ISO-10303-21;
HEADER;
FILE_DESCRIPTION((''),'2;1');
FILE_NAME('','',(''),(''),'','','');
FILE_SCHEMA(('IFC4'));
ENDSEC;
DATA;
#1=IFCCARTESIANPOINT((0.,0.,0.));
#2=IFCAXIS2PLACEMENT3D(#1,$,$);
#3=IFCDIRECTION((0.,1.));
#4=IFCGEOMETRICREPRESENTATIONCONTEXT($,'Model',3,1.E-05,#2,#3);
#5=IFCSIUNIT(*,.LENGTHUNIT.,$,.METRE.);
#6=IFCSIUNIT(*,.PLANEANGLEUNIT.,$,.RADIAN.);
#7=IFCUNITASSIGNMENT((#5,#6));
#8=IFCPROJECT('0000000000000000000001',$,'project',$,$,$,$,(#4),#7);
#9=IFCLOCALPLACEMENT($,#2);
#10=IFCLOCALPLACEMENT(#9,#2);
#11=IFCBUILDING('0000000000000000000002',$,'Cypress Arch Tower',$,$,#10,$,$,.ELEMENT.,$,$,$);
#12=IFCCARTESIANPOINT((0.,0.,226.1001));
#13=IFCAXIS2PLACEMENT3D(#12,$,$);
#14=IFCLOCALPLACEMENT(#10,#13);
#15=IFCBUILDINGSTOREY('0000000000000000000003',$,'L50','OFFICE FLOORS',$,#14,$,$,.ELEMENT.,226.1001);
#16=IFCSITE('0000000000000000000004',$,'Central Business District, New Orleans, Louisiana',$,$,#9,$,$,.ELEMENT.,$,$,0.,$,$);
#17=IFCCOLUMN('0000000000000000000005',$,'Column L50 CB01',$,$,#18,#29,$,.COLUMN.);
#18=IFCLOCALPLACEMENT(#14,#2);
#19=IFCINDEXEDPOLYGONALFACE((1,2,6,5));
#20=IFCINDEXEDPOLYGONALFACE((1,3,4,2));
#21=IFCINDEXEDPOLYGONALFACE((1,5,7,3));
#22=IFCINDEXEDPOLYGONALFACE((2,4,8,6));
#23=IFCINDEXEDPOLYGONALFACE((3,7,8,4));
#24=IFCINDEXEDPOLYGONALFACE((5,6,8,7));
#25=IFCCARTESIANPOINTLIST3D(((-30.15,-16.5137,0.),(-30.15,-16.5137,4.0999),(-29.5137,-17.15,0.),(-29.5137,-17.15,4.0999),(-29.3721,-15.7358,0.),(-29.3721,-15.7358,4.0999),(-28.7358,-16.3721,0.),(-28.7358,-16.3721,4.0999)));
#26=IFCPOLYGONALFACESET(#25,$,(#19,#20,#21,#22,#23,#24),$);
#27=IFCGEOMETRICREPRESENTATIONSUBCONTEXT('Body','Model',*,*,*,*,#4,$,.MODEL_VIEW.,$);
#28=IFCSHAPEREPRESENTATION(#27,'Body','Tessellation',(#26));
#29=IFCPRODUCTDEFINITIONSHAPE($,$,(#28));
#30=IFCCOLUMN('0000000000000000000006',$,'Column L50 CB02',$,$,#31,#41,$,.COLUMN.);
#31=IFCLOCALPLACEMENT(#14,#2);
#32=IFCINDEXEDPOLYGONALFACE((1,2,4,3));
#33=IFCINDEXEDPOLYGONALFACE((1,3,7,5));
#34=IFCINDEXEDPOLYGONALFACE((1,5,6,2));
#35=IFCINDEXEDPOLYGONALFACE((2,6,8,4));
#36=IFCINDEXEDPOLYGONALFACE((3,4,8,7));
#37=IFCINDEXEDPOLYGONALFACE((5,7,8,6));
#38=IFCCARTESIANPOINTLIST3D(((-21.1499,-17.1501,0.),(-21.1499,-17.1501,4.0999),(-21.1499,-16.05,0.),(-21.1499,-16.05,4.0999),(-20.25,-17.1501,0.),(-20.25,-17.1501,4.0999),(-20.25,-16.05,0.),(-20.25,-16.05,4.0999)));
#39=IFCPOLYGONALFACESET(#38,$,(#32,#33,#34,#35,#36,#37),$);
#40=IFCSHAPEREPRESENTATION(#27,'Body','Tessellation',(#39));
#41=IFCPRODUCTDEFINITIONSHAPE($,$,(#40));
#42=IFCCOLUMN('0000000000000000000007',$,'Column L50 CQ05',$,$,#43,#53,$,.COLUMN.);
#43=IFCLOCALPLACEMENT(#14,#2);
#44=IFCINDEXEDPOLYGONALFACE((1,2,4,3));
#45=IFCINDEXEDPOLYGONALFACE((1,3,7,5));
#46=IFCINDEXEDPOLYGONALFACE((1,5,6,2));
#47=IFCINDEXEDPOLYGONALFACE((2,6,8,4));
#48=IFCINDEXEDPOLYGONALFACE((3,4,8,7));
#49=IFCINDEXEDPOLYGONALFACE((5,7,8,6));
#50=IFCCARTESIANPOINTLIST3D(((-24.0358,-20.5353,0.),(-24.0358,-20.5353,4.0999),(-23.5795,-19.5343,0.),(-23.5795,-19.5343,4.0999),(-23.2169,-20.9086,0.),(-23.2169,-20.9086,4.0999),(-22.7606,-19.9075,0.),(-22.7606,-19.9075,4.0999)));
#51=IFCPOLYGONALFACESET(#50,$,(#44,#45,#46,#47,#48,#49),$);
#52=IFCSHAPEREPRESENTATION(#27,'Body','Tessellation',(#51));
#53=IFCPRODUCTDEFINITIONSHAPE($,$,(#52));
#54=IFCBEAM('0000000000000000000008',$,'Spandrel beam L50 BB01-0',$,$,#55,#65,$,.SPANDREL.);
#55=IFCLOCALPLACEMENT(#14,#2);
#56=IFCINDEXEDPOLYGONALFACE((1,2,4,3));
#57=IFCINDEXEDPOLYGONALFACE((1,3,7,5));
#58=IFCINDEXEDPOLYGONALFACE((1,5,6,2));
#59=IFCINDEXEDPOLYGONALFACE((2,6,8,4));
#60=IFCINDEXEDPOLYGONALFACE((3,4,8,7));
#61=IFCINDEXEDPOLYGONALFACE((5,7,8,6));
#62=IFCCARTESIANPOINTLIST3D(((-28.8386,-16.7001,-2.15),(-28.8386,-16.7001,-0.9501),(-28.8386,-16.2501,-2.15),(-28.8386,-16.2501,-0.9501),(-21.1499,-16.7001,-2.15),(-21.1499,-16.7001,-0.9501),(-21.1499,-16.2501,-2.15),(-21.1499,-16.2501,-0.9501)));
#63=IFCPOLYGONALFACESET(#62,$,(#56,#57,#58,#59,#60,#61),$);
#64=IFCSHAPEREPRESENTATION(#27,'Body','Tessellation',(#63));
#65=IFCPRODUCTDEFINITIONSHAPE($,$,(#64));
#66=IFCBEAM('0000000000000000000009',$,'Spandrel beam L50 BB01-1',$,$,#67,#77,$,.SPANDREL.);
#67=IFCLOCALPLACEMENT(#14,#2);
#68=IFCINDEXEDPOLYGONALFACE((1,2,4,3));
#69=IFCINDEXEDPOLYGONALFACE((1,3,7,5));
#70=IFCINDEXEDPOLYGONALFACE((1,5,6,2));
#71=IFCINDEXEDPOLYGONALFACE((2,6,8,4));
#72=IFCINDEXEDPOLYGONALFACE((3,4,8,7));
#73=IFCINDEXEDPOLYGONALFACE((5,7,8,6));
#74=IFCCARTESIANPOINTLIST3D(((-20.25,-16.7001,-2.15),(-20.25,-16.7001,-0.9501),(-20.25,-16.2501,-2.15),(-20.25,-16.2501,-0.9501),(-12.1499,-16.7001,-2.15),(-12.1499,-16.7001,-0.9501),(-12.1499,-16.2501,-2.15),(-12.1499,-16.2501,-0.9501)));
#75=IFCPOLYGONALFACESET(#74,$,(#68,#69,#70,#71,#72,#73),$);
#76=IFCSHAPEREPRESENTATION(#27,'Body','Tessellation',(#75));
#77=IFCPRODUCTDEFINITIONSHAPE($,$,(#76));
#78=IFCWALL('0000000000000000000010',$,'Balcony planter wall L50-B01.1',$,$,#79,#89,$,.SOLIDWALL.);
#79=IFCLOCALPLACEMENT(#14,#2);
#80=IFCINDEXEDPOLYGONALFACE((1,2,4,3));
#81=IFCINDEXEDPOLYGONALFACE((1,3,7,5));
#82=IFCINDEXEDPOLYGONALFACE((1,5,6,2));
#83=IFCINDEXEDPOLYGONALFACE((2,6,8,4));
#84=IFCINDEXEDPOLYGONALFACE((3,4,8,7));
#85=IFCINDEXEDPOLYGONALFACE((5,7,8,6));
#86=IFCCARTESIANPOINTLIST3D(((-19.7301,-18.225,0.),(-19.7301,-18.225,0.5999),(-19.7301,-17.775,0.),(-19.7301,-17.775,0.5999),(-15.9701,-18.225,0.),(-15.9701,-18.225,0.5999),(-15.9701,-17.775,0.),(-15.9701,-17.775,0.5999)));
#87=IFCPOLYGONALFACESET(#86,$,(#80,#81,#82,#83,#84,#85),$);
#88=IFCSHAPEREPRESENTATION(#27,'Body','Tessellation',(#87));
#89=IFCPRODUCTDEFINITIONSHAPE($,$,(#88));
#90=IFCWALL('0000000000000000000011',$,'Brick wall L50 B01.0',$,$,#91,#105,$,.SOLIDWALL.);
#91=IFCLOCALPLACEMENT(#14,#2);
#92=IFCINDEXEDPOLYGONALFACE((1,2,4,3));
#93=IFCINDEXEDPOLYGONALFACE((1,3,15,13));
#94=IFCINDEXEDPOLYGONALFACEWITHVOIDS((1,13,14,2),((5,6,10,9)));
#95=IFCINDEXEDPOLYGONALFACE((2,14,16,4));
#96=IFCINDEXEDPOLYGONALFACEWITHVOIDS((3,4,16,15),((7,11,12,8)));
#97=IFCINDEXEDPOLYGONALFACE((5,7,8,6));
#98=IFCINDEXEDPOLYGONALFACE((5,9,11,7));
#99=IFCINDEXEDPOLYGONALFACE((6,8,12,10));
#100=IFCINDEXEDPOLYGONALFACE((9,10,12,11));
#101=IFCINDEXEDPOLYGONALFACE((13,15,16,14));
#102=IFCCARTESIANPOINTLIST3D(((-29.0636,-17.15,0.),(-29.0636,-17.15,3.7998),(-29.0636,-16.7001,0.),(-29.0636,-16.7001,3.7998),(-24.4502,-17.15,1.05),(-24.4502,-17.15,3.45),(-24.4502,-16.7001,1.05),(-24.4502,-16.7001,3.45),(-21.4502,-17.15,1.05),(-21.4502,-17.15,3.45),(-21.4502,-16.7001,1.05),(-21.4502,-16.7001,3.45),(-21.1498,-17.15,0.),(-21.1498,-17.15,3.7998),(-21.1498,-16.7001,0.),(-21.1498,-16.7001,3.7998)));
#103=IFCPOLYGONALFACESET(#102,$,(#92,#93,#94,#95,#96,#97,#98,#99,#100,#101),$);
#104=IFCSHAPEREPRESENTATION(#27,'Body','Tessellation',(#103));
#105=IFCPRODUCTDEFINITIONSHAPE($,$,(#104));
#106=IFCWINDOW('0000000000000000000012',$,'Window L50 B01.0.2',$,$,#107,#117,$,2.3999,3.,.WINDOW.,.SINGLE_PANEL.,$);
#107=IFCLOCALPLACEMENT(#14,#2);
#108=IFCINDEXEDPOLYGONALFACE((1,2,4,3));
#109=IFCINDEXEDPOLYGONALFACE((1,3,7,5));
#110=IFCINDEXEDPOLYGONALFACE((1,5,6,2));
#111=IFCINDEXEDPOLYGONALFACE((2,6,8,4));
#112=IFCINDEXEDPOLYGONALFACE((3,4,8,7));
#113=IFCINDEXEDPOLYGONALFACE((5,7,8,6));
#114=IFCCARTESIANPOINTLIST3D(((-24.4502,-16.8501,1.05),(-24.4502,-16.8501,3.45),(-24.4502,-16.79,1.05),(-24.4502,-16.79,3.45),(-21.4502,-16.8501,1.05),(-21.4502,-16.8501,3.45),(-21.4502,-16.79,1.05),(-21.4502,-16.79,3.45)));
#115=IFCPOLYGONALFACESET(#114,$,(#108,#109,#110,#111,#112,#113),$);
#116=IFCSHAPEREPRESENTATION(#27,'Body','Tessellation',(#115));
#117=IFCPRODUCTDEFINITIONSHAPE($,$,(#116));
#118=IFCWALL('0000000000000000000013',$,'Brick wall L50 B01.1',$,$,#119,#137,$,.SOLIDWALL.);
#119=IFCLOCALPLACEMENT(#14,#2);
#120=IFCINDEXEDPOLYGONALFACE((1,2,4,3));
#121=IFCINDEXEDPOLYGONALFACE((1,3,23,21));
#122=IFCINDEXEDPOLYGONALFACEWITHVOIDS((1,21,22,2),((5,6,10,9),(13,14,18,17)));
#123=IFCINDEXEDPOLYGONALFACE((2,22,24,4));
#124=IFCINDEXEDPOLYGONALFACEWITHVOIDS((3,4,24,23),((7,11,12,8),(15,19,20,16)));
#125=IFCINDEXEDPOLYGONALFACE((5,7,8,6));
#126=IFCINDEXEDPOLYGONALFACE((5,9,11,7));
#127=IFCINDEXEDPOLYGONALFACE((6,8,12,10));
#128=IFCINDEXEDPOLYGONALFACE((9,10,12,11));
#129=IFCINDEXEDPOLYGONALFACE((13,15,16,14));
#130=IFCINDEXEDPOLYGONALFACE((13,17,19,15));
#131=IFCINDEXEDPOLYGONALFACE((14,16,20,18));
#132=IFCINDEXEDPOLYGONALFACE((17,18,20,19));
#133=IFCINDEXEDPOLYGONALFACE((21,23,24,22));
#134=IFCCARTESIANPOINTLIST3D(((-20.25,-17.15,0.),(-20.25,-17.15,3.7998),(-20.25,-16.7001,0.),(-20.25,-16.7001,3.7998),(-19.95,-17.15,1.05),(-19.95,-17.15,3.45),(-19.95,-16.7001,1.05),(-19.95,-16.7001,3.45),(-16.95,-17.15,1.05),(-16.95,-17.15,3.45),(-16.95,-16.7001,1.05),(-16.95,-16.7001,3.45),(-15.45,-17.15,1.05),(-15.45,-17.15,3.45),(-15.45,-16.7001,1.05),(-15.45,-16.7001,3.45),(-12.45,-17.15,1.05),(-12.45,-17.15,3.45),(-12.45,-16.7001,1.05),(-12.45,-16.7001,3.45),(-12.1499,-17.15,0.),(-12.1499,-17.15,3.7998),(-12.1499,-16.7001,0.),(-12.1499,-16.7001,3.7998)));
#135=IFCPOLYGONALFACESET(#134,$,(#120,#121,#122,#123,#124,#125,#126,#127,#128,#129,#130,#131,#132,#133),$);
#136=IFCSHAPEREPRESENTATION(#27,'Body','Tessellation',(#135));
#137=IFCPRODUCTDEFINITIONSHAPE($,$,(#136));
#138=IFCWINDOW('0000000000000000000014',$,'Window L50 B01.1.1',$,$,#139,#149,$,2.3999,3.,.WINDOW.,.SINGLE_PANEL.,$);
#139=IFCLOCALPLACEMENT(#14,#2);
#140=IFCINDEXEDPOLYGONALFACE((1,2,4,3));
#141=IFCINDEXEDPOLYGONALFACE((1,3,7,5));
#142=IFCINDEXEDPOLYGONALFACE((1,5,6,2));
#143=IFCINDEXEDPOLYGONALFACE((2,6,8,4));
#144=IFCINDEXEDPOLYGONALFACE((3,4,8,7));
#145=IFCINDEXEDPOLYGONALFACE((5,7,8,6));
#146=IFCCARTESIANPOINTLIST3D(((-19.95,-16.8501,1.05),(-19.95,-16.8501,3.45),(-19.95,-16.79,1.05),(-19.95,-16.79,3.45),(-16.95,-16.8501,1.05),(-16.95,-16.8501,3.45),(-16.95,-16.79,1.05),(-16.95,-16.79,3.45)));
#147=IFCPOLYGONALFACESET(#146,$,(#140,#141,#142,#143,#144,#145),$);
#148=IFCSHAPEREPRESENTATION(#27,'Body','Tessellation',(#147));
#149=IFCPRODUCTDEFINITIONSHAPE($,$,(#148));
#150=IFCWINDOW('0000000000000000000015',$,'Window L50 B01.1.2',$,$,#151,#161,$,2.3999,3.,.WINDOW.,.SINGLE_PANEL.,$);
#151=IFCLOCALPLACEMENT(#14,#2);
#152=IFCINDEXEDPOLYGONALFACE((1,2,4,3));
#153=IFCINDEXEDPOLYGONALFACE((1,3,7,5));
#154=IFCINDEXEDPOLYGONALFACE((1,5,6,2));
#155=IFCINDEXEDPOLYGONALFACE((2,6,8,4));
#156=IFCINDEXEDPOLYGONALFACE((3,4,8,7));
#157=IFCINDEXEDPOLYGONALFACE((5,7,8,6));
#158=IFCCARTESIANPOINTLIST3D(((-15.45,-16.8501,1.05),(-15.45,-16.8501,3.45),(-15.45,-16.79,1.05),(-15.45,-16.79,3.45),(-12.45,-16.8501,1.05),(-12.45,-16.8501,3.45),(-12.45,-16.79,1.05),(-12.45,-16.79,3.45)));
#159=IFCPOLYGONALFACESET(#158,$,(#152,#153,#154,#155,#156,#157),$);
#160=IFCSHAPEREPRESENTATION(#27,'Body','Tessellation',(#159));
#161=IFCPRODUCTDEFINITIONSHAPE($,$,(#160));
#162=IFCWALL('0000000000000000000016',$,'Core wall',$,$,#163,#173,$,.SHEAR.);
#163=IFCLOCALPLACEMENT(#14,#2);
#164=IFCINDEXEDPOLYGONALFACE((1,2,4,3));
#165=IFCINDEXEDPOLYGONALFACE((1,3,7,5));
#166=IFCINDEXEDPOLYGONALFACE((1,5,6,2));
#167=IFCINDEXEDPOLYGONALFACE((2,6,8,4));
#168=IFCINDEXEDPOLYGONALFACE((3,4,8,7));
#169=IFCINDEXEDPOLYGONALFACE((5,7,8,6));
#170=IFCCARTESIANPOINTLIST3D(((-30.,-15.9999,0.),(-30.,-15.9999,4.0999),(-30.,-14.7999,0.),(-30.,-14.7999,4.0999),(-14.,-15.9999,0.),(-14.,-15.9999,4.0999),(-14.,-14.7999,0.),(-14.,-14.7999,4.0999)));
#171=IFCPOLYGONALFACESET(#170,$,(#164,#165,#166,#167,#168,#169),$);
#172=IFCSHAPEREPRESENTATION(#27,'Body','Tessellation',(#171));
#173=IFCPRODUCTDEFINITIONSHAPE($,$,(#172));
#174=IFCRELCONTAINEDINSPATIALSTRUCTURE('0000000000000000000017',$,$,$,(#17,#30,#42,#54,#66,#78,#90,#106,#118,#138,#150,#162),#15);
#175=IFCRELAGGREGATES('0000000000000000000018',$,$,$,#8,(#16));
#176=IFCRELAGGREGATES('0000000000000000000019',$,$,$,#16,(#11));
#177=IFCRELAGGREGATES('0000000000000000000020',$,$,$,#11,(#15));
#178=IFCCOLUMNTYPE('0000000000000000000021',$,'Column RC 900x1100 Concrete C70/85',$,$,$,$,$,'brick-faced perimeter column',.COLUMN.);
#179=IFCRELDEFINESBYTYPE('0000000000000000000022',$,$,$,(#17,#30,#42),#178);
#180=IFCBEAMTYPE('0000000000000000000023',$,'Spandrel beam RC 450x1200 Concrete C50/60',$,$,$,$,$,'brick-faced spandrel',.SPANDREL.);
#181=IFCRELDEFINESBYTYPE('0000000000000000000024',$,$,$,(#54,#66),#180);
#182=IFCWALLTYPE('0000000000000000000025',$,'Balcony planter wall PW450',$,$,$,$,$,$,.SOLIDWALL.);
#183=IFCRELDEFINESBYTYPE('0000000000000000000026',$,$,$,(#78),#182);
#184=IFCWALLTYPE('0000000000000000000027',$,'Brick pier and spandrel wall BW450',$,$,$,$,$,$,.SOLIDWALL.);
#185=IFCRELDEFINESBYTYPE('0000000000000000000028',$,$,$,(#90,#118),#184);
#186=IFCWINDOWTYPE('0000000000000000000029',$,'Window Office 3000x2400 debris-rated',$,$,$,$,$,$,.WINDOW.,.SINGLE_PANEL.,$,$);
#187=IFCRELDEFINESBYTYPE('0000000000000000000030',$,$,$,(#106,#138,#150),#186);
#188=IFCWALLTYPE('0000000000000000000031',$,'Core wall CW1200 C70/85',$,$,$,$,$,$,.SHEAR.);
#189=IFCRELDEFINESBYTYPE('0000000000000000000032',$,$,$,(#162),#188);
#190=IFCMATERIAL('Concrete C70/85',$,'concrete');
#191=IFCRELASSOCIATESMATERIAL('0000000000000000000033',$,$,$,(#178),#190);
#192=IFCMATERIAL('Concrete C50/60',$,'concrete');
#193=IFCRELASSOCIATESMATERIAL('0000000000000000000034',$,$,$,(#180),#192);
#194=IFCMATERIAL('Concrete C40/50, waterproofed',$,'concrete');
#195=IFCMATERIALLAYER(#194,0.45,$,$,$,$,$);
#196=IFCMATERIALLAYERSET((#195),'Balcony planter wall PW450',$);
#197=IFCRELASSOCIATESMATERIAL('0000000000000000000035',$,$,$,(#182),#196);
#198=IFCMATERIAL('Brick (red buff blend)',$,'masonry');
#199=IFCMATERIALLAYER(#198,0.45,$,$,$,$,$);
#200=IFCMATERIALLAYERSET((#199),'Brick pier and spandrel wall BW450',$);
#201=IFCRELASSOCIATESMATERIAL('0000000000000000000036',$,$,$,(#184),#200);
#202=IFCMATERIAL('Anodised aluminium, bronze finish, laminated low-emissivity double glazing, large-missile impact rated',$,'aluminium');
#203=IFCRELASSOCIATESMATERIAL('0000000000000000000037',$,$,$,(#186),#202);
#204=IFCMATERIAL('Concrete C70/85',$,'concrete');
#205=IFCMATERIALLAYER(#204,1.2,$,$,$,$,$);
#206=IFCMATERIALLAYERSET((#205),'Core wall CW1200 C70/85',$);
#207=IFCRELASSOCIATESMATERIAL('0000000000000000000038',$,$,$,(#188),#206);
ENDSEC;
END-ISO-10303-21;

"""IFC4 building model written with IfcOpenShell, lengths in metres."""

from ifc_helpers import new_model, si_unit, direction, frame, frame_2d, origin, origin_2d, place, context, subcontext, project, spatial, rectangle, extrude, material, layer, layer_set, material_profile, profile_set, type_object, element, fill, save


model = new_model("IFC4")

# Units and contexts
model_context = context("Model", 3, precision=1e-05, world=origin(), true_north=direction((0.0, 1.0)))
body_context = subcontext(model_context, "Body", "Model", "MODEL_VIEW")
ifc_project = project(units=[si_unit("LENGTHUNIT", "METRE"), si_unit("PLANEANGLEUNIT", "RADIAN")], contexts=[model_context])

# Site, building, storey
site_placement = place(None, origin())
site = spatial("IfcSite", under=ifc_project, at=site_placement, Name="Central Business District, New Orleans, Louisiana", CompositionType="ELEMENT", RefElevation=0.0)
building_placement = place(site_placement, origin())
building = spatial("IfcBuilding", under=site, at=building_placement, Name="Cypress Arch Tower", CompositionType="ELEMENT")
storey_placement = place(building_placement, frame((0.0, 0.0, 226.1001)))
storey = spatial("IfcBuildingStorey", under=building, at=storey_placement, Name="L50", Description="OFFICE FLOORS", CompositionType="ELEMENT", Elevation=226.1001)

# Columns
ifc_material_1 = material(Name="Concrete C70/85", Category="concrete")
ifc_material_profile_1 = material_profile(ifc_material_1, rectangle(XDim=0.8999, YDim=1.1001, at=origin_2d()), Name="RC 900x1100")
ifc_profile_set_1 = profile_set([ifc_material_profile_1], Name="Concrete C70/85")
column_type = type_object("IfcColumnType", Name="Column RC 900x1100 Concrete C70/85", ElementType="brick-faced perimeter column", PredefinedType="COLUMN", material=ifc_profile_set_1)
for number, where, z_axis, x_axis, name in (
    (1, (-29.4429, -16.4429, 0.0), (0.0, 0.0, 1.0), (0.707107, -0.707107, 0.0), "Column L50 CB01"),
    (2, (-20.7, -16.6001, 0.0), (0.0, 0.0, 1.0), (1.0, 0.0, 0.0), "Column L50 CB02"),
    (3, (-23.3982, -20.2214, 0.0), (0.0, 0.0, 1.0), (0.909932, -0.414757, 0.0), "Column L50 CQ05"),
):
    element("IfcColumn", number, at=place(storey_placement, frame(where, z_axis=z_axis, x_axis=x_axis)), inside=storey, type_object=column_type, Name=name, PredefinedType="COLUMN", context=body_context, shape_type="SweptSolid", body=[
        extrude(rectangle(XDim=0.8999, YDim=1.1001, at=origin_2d()), origin(), (0.0, 0.0, 1.0), 4.0999),
    ])

# Beams
ifc_material_2 = material(Name="Concrete C50/60", Category="concrete")
ifc_material_profile_2 = material_profile(ifc_material_2, rectangle(XDim=0.45, YDim=1.2, at=origin_2d()), Name="RC 450x1200")
ifc_profile_set_2 = profile_set([ifc_material_profile_2], Name="Concrete C50/60")
beam_type = type_object("IfcBeamType", Name="Spandrel beam RC 450x1200 Concrete C50/60", ElementType="brick-faced spandrel", PredefinedType="SPANDREL", material=ifc_profile_set_2)
beam_1_placement = place(storey_placement, frame((-28.8386, -16.4751, -1.55), z_axis=(1.0, 0.0, 0.0), x_axis=(0.0, 1.0, 0.0)))
element("IfcBeam", 4, at=beam_1_placement, inside=storey, type_object=beam_type, Name="Spandrel beam L50 BB01-0", PredefinedType="SPANDREL", context=body_context, shape_type="SweptSolid", body=[
    extrude(rectangle(XDim=0.45, YDim=1.2, at=origin_2d()), origin(), (0.0, 0.0, 1.0), 7.6887),
])
beam_2_placement = place(storey_placement, frame((-20.25, -16.4751, -1.55), z_axis=(1.0, 0.0, 0.0), x_axis=(0.0, 1.0, 0.0)))
element("IfcBeam", 5, at=beam_2_placement, inside=storey, type_object=beam_type, Name="Spandrel beam L50 BB01-1", PredefinedType="SPANDREL", context=body_context, shape_type="SweptSolid", body=[
    extrude(rectangle(XDim=0.45, YDim=1.2, at=origin_2d()), origin(), (0.0, 0.0, 1.0), 8.1001),
])

# Wall
ifc_material_3 = material(Name="Concrete C40/50, waterproofed", Category="concrete")
ifc_layer_1 = layer(ifc_material_3, 0.45)
ifc_layer_set_1 = layer_set([ifc_layer_1], Name="Balcony planter wall PW450")
wall_type_1 = type_object("IfcWallType", Name="Balcony planter wall PW450", PredefinedType="SOLIDWALL", material=ifc_layer_set_1)
wall_1_placement = place(storey_placement, frame((-19.73, -18.0, 0.0), z_axis=(0.0, 0.0, 1.0), x_axis=(1.0, 0.0, 0.0)))
element("IfcWall", 6, at=wall_1_placement, inside=storey, type_object=wall_type_1, Name="Balcony planter wall L50-B01.1", PredefinedType="SOLIDWALL", context=body_context, shape_type="SweptSolid", body=[
    extrude(rectangle(XDim=3.76, YDim=0.45, at=frame_2d((1.8799, 0.0))), origin(), (0.0, 0.0, 1.0), 0.5999),
])

# Wall, opening, window
ifc_material_4 = material(Name="Brick (red buff blend)", Category="masonry")
ifc_layer_2 = layer(ifc_material_4, 0.45)
ifc_layer_set_2 = layer_set([ifc_layer_2], Name="Brick pier and spandrel wall BW450")
wall_type_2 = type_object("IfcWallType", Name="Brick pier and spandrel wall BW450", PredefinedType="SOLIDWALL", material=ifc_layer_set_2)
wall_2_placement = place(storey_placement, frame((-29.0637, -16.925, 0.0), z_axis=(0.0, 0.0, 1.0), x_axis=(1.0, 0.0, 0.0)))
wall_2 = element("IfcWall", 7, at=wall_2_placement, inside=storey, type_object=wall_type_2, Name="Brick wall L50 B01.0", PredefinedType="SOLIDWALL", context=body_context, shape_type="SweptSolid", body=[
    extrude(rectangle(XDim=7.9138, YDim=0.45, at=frame_2d((3.957, 0.0))), origin(), (0.0, 0.0, 1.0), 3.7998),
])
opening_1_placement = place(wall_2_placement, frame((4.6135, 0.0, 1.05)))
opening_1 = element("IfcOpeningElement", 8, at=opening_1_placement, cuts=wall_2, PredefinedType="OPENING", context=body_context, shape_type="SweptSolid", body=[
    extrude(rectangle(XDim=3.0, YDim=2.3999, at=frame_2d((1.5, 1.2))), frame((0.0, 0.2349, 0.0), z_axis=(0.0, -1.0, 0.0), x_axis=(1.0, 0.0, 0.0)), (0.0, 0.0, 1.0), 0.47),
])
ifc_material_5 = material(Name="Anodised aluminium, bronze finish, laminated low-emissivity double glazing, large-missile impact rated", Category="aluminium")
window_type = type_object("IfcWindowType", Name="Window Office 3000x2400 debris-rated", PartitioningType="SINGLE_PANEL", PredefinedType="WINDOW", material=ifc_material_5)
window_1_placement = place(opening_1_placement, origin())
window_1 = element("IfcWindow", 9, at=window_1_placement, inside=storey, type_object=window_type, Name="Window L50 B01.0.2", OverallHeight=2.3999, OverallWidth=3.0, PartitioningType="SINGLE_PANEL", PredefinedType="WINDOW", context=body_context, shape_type="SweptSolid", body=[
    extrude(rectangle(XDim=3.0, YDim=2.3999, at=frame_2d((1.5, 1.2))), frame((0.0, 0.135, 0.0), z_axis=(0.0, -1.0, 0.0), x_axis=(1.0, 0.0, 0.0)), (0.0, 0.0, 1.0), 0.0601),
])
fill(opening_1, window_1)

# Wall, openings, windows
wall_3_placement = place(storey_placement, frame((-20.25, -16.925, 0.0), z_axis=(0.0, 0.0, 1.0), x_axis=(1.0, 0.0, 0.0)))
wall_3 = element("IfcWall", 10, at=wall_3_placement, inside=storey, type_object=wall_type_2, Name="Brick wall L50 B01.1", PredefinedType="SOLIDWALL", context=body_context, shape_type="SweptSolid", body=[
    extrude(rectangle(XDim=8.1001, YDim=0.45, at=frame_2d((4.05, 0.0))), origin(), (0.0, 0.0, 1.0), 3.7998),
])
opening_2_placement = place(wall_3_placement, frame((0.3, 0.0, 1.05)))
opening_2 = element("IfcOpeningElement", 11, at=opening_2_placement, cuts=wall_3, PredefinedType="OPENING", context=body_context, shape_type="SweptSolid", body=[
    extrude(rectangle(XDim=3.0, YDim=2.3999, at=frame_2d((1.5, 1.2))), frame((0.0, 0.2349, 0.0), z_axis=(0.0, -1.0, 0.0), x_axis=(1.0, 0.0, 0.0)), (0.0, 0.0, 1.0), 0.47),
])
opening_3_placement = place(wall_3_placement, frame((4.8, 0.0, 1.05)))
opening_3 = element("IfcOpeningElement", 12, at=opening_3_placement, cuts=wall_3, PredefinedType="OPENING", context=body_context, shape_type="SweptSolid", body=[
    extrude(rectangle(XDim=3.0, YDim=2.3999, at=frame_2d((1.5, 1.2))), frame((0.0, 0.2349, 0.0), z_axis=(0.0, -1.0, 0.0), x_axis=(1.0, 0.0, 0.0)), (0.0, 0.0, 1.0), 0.47),
])
window_2_placement = place(opening_2_placement, origin())
window_2 = element("IfcWindow", 13, at=window_2_placement, inside=storey, type_object=window_type, Name="Window L50 B01.1.1", OverallHeight=2.3999, OverallWidth=3.0, PartitioningType="SINGLE_PANEL", PredefinedType="WINDOW", context=body_context, shape_type="SweptSolid", body=[
    extrude(rectangle(XDim=3.0, YDim=2.3999, at=frame_2d((1.5, 1.2))), frame((0.0, 0.135, 0.0), z_axis=(0.0, -1.0, 0.0), x_axis=(1.0, 0.0, 0.0)), (0.0, 0.0, 1.0), 0.0601),
])
fill(opening_2, window_2)
window_3_placement = place(opening_3_placement, origin())
window_3 = element("IfcWindow", 14, at=window_3_placement, inside=storey, type_object=window_type, Name="Window L50 B01.1.2", OverallHeight=2.3999, OverallWidth=3.0, PartitioningType="SINGLE_PANEL", PredefinedType="WINDOW", context=body_context, shape_type="SweptSolid", body=[
    extrude(rectangle(XDim=3.0, YDim=2.3999, at=frame_2d((1.5, 1.2))), frame((0.0, 0.135, 0.0), z_axis=(0.0, -1.0, 0.0), x_axis=(1.0, 0.0, 0.0)), (0.0, 0.0, 1.0), 0.0601),
])
fill(opening_3, window_3)

# Wall
ifc_material_6 = material(Name="Concrete C70/85", Category="concrete")
ifc_layer_3 = layer(ifc_material_6, 1.2)
ifc_layer_set_3 = layer_set([ifc_layer_3], Name="Core wall CW1200 C70/85")
wall_type_3 = type_object("IfcWallType", Name="Core wall CW1200 C70/85", PredefinedType="SHEAR", material=ifc_layer_set_3)
wall_4_placement = place(storey_placement, frame((-30.0, -15.3999, 0.0), z_axis=(0.0, 0.0, 1.0), x_axis=(1.0, 0.0, 0.0)))
element("IfcWall", 15, at=wall_4_placement, inside=storey, type_object=wall_type_3, Name="Core wall", PredefinedType="SHEAR", context=body_context, shape_type="SweptSolid", body=[
    extrude(rectangle(XDim=16.0, YDim=1.2, at=frame_2d((8.0, 0.0))), origin(), (0.0, 0.0, 1.0), 4.0999),
])

save(model, "model.ifc")
